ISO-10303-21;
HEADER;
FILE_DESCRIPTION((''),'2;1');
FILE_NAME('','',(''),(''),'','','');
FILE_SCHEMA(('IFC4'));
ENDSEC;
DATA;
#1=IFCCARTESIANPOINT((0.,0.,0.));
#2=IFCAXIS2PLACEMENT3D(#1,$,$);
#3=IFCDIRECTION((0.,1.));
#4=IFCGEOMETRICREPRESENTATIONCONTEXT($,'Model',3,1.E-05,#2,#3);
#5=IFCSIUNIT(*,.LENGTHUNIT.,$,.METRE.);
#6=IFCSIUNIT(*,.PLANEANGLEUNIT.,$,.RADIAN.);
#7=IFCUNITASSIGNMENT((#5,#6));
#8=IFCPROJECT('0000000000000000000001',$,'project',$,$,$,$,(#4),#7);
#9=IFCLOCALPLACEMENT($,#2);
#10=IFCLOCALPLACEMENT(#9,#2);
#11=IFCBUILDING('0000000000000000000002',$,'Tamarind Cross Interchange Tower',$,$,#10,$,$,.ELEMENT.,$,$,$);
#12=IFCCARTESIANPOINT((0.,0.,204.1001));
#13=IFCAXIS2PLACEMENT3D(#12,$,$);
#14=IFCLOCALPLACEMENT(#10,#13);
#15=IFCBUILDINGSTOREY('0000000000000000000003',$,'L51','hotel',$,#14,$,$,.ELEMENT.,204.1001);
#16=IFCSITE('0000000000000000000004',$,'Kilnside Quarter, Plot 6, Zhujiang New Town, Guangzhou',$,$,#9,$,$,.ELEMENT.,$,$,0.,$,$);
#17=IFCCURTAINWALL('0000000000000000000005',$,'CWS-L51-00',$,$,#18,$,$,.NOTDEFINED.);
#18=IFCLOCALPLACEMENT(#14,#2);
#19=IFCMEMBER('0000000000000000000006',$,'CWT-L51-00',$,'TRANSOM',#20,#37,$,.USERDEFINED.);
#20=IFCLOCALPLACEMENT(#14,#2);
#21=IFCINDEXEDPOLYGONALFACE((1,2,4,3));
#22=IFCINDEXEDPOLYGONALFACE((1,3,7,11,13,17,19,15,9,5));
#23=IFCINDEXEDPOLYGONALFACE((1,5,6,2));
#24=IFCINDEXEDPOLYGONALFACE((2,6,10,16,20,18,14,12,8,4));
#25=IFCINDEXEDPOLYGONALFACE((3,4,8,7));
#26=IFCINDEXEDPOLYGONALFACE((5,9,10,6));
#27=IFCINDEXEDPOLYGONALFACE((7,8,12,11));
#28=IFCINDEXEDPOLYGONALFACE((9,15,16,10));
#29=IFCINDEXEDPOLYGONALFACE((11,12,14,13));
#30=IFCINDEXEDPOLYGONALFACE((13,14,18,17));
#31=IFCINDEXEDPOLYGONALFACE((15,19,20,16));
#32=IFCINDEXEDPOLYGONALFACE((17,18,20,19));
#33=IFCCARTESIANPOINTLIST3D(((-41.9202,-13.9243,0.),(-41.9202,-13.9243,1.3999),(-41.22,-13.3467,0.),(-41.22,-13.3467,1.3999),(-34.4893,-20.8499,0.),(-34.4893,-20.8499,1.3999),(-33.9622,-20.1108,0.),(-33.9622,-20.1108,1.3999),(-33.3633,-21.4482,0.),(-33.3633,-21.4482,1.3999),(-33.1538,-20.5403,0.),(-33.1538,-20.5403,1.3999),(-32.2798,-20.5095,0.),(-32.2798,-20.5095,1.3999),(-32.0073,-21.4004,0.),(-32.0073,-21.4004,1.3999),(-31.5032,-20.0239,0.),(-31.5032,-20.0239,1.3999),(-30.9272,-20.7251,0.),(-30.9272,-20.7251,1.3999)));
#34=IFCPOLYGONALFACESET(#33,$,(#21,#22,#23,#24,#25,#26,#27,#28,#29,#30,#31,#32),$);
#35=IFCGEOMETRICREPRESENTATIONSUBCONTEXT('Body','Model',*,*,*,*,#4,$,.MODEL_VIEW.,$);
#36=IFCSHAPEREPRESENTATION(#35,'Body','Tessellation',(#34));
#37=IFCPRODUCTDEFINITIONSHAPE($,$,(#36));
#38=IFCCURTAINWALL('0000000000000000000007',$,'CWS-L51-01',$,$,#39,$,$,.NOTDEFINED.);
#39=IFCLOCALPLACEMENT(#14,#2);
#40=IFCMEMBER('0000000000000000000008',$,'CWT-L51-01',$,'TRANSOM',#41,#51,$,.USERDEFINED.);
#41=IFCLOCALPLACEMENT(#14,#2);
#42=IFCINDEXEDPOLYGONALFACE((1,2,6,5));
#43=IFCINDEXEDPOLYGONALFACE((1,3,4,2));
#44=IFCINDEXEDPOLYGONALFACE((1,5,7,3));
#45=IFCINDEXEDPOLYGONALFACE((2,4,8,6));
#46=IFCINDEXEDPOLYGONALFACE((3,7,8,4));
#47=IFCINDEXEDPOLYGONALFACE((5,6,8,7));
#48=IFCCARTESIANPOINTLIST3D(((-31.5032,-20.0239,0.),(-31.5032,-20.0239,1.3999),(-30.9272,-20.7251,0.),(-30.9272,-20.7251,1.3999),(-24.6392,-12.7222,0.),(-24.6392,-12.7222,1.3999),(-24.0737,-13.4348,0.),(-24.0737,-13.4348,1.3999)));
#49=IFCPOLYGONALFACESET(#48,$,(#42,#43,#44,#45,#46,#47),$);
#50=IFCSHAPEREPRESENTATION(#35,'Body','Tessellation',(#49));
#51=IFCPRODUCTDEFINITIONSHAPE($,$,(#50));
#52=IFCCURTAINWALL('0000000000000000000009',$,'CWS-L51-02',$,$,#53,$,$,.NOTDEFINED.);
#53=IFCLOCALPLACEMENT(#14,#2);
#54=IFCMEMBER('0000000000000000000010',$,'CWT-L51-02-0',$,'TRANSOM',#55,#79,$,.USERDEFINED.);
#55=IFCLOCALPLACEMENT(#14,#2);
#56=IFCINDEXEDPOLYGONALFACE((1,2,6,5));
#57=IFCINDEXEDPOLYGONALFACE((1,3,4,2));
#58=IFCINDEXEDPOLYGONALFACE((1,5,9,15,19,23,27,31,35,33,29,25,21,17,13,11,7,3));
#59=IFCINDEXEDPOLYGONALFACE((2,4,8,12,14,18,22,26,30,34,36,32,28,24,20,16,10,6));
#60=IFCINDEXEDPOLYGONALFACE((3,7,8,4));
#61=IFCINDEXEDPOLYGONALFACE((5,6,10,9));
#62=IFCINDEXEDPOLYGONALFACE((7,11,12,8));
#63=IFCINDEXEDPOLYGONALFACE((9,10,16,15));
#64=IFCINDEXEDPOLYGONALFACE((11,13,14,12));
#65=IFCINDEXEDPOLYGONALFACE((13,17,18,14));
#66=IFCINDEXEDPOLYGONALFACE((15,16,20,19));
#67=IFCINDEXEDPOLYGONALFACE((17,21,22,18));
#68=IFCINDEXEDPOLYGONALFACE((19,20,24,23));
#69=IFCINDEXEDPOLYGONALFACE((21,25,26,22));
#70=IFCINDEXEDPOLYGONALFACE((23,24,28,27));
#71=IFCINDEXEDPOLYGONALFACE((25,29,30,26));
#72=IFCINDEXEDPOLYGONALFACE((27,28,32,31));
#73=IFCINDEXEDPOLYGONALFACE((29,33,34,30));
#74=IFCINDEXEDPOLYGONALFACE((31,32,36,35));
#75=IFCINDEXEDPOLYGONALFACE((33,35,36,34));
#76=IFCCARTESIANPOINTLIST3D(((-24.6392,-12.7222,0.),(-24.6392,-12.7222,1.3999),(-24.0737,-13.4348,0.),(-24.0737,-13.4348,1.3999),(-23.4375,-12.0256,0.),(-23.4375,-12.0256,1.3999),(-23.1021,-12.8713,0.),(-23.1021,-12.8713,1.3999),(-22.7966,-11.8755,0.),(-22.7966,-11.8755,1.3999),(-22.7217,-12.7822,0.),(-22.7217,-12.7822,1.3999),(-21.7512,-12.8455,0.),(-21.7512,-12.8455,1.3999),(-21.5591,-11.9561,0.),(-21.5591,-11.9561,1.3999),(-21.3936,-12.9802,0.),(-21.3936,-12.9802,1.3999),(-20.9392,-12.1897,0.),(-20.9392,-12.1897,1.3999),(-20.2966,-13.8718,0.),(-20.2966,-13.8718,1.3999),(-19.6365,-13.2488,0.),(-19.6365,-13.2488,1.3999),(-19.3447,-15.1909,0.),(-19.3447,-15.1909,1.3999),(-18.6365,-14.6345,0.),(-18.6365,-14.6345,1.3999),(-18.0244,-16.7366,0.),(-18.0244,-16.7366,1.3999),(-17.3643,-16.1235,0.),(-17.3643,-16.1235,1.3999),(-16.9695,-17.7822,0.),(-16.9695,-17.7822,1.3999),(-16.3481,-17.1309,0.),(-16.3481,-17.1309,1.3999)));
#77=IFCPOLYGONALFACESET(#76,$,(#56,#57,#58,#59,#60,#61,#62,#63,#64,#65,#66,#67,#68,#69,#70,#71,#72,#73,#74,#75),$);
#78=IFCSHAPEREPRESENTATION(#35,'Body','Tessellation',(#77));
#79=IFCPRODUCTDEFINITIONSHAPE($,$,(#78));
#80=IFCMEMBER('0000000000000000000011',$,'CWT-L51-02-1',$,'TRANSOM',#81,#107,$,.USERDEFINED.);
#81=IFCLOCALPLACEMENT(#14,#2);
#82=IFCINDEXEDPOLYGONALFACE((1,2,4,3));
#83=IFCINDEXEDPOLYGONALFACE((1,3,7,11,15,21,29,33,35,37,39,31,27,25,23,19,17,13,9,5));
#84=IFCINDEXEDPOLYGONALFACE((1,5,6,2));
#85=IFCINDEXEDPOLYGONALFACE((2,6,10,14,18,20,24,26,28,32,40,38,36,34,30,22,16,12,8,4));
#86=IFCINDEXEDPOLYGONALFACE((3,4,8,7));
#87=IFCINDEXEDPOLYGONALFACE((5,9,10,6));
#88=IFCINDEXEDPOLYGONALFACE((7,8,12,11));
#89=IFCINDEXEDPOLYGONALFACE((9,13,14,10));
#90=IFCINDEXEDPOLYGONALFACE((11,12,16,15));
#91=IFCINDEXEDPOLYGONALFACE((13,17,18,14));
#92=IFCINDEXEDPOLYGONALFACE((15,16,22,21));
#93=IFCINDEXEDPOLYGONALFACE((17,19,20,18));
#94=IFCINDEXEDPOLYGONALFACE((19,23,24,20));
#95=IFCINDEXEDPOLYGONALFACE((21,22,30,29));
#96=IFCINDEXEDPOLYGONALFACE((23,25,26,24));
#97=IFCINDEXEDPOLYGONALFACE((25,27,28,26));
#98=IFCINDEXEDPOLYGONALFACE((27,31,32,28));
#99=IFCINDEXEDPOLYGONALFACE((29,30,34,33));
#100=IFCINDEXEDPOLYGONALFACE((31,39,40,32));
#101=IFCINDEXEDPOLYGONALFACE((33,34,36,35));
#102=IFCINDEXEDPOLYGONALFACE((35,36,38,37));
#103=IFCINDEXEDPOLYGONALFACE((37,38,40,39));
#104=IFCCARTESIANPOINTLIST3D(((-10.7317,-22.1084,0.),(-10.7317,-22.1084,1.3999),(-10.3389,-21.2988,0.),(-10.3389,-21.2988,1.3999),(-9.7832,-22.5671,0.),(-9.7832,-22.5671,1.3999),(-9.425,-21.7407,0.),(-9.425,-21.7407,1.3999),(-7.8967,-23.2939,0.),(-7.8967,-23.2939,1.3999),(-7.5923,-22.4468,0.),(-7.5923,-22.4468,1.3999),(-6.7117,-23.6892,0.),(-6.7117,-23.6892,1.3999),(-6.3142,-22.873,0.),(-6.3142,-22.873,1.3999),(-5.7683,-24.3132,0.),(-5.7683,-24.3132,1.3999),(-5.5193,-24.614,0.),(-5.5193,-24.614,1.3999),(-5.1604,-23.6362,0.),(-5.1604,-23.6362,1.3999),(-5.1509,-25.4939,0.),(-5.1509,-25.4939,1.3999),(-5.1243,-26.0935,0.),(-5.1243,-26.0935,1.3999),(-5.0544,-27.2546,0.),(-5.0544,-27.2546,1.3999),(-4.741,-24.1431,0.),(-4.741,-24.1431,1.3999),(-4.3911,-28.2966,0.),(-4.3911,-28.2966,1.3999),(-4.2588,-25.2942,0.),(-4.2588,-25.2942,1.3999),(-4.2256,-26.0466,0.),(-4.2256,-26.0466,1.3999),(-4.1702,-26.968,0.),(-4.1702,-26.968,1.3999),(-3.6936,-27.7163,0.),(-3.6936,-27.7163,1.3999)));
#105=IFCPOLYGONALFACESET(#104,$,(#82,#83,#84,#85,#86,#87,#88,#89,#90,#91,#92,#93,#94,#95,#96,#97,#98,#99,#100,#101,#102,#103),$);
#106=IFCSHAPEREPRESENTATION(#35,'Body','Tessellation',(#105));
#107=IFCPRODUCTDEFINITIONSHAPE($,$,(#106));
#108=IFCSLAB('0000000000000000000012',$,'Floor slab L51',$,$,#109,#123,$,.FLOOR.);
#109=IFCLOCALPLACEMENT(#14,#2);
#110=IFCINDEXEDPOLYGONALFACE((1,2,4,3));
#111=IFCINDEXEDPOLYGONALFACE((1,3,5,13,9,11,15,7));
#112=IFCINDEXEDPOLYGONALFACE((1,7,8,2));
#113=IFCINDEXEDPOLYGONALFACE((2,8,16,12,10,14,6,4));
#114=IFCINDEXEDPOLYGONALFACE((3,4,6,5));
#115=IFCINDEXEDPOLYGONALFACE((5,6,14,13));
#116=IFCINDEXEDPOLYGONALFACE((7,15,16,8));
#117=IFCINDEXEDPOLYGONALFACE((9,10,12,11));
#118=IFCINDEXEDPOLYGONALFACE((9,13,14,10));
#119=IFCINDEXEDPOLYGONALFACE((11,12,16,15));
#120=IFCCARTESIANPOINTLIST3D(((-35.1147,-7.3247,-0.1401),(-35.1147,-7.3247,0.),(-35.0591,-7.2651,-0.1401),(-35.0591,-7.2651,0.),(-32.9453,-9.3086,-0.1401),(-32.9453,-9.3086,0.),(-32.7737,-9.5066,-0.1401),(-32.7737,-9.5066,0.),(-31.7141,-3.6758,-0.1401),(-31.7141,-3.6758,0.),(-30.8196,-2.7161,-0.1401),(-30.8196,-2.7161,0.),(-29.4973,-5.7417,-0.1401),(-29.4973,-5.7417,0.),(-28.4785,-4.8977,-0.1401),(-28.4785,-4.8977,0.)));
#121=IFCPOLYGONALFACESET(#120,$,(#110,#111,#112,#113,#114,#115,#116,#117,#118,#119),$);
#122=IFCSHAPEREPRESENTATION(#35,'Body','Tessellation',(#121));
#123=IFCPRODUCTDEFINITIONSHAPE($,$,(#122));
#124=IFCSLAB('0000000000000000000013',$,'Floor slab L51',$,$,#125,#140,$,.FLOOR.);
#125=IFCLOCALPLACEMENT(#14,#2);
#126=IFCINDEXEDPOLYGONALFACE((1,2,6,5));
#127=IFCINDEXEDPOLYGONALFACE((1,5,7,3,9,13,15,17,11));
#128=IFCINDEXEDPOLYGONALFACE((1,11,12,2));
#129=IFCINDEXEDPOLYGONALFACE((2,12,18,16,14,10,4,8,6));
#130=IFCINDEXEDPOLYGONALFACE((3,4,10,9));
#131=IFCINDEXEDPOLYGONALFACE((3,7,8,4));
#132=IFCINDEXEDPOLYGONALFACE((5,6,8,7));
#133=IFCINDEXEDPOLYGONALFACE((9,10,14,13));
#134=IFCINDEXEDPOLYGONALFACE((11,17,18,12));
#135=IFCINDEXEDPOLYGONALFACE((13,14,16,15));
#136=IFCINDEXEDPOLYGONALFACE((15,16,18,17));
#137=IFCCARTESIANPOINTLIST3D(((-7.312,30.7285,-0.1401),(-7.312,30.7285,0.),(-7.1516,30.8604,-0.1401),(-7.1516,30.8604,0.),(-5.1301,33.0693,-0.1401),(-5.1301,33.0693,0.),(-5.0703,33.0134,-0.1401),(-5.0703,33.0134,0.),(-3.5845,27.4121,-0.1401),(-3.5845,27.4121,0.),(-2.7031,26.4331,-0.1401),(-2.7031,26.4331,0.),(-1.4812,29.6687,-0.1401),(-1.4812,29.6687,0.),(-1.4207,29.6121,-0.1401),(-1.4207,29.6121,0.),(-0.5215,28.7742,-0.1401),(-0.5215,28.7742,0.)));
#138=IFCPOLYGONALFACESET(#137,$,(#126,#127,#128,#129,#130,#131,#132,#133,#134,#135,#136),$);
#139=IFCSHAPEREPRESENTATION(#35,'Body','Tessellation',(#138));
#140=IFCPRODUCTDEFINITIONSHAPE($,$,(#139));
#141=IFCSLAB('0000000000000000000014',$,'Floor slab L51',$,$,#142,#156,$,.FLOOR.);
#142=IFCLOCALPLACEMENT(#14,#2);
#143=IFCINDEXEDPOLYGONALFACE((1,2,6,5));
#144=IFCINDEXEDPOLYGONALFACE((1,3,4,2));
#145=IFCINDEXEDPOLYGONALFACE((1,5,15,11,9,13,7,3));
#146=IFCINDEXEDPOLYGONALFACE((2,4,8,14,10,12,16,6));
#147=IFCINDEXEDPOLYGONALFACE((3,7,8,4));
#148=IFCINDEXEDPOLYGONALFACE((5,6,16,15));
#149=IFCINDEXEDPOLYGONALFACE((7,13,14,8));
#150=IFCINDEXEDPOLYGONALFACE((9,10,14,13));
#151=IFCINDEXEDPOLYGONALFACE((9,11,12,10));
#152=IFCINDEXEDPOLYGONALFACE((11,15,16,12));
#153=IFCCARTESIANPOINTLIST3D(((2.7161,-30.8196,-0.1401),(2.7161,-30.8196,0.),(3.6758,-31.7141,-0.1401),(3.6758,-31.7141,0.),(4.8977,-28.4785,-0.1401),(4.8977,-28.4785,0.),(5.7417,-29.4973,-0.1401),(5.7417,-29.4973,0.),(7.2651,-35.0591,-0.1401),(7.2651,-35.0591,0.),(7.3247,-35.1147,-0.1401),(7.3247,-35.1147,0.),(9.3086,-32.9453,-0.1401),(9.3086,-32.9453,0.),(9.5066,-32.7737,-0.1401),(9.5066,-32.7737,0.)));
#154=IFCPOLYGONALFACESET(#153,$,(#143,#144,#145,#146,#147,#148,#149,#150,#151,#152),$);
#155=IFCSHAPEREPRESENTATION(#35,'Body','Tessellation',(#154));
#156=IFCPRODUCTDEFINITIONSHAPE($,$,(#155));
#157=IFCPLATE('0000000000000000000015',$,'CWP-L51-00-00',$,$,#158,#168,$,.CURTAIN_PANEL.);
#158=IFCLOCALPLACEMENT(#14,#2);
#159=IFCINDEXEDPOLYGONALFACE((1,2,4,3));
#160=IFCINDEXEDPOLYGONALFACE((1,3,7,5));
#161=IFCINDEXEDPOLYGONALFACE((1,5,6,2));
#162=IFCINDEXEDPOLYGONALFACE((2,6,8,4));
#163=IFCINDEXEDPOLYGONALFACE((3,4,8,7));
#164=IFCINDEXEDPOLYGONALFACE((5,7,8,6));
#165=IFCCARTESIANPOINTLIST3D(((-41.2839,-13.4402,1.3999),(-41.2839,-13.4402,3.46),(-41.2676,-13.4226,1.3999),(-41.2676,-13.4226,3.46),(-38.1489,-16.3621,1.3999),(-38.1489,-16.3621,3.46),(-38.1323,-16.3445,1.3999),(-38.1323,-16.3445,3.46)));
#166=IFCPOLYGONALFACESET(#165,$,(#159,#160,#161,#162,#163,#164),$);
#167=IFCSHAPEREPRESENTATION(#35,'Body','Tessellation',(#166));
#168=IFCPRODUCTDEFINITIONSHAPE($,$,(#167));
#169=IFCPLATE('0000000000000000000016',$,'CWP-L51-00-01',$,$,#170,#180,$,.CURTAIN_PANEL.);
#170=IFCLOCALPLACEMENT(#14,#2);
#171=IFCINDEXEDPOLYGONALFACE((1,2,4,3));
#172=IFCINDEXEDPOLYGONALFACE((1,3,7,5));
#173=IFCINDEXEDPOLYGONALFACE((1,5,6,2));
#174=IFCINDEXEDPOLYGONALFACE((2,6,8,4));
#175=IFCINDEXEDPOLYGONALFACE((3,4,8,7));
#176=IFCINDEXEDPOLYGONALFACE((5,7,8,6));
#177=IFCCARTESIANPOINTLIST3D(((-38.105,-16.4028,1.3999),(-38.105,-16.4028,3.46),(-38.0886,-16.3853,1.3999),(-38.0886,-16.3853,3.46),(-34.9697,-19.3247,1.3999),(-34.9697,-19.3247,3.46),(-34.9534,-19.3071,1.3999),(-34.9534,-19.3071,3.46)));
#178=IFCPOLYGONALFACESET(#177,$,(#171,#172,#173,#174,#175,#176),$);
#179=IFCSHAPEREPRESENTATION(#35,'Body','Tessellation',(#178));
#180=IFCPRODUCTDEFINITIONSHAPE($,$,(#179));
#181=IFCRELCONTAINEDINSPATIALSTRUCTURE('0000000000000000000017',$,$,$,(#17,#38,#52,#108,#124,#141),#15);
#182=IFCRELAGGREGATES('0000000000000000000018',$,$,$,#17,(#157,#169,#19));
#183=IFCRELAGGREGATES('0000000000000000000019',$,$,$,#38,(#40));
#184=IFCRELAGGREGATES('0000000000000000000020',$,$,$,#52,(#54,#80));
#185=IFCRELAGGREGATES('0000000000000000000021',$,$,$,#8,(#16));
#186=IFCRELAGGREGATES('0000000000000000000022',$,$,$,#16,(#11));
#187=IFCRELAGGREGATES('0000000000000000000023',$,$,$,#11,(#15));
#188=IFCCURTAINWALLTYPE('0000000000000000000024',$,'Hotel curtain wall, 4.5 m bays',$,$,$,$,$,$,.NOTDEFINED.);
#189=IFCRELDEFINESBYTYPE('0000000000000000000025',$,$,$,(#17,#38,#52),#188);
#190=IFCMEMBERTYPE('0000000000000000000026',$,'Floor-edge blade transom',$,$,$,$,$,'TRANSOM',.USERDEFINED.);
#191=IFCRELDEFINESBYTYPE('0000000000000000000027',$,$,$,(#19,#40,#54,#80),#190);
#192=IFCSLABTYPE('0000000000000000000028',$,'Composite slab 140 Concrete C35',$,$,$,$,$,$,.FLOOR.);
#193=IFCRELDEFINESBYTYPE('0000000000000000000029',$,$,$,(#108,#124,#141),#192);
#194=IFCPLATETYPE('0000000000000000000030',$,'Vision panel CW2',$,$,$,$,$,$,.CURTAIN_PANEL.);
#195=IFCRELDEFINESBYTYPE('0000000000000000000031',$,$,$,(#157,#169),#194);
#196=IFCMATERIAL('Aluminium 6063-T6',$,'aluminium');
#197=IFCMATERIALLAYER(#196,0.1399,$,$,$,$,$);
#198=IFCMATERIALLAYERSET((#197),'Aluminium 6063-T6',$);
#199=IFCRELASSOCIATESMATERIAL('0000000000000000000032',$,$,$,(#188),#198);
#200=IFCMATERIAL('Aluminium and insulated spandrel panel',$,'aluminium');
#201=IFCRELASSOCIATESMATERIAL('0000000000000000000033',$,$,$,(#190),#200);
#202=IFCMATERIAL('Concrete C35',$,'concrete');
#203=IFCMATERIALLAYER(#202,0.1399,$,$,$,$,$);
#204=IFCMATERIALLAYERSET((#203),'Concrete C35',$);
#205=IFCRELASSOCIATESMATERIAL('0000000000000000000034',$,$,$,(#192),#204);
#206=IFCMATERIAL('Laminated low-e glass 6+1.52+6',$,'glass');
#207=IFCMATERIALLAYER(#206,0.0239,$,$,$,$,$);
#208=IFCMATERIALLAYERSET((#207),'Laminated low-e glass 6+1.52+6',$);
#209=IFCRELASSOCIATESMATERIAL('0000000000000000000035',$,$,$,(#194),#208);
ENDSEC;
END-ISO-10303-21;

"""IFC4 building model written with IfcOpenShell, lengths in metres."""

from ifc_helpers import new_model, si_unit, direction, frame, origin, place, context, subcontext, project, spatial, polyline, outline, extrude, material, layer, layer_set, type_object, element, aggregate, save


model = new_model("IFC4")

# Units and contexts
model_context = context("Model", 3, precision=1e-05, world=origin(), true_north=direction((0.0, 1.0)))
body_context = subcontext(model_context, "Body", "Model", "MODEL_VIEW")
ifc_project = project(units=[si_unit("LENGTHUNIT", "METRE"), si_unit("PLANEANGLEUNIT", "RADIAN")], contexts=[model_context])

# Site, building, storey
site_placement = place(None, origin())
site = spatial("IfcSite", under=ifc_project, at=site_placement, Name="Kilnside Quarter, Plot 6, Zhujiang New Town, Guangzhou", CompositionType="ELEMENT", RefElevation=0.0)
building_placement = place(site_placement, origin())
building = spatial("IfcBuilding", under=site, at=building_placement, Name="Tamarind Cross Interchange Tower", CompositionType="ELEMENT")
storey_placement = place(building_placement, frame((0.0, 0.0, 204.1001)))
storey = spatial("IfcBuildingStorey", under=building, at=storey_placement, Name="L51", Description="hotel", CompositionType="ELEMENT", Elevation=204.1001)

# Curtain walls, members
ifc_material_1 = material(Name="Aluminium 6063-T6", Category="aluminium")
ifc_layer_1 = layer(ifc_material_1, 0.1399)
ifc_layer_set_1 = layer_set([ifc_layer_1], Name="Aluminium 6063-T6")
curtain_wall_type = type_object("IfcCurtainWallType", Name="Hotel curtain wall, 4.5 m bays", PredefinedType="NOTDEFINED", material=ifc_layer_set_1)
curtain_wall_1_placement = place(storey_placement, origin())
curtain_wall_1 = element("IfcCurtainWall", 1, at=curtain_wall_1_placement, inside=storey, type_object=curtain_wall_type, Name="CWS-L51-00", PredefinedType="NOTDEFINED")
ifc_material_2 = material(Name="Aluminium and insulated spandrel panel", Category="aluminium")
member_type = type_object("IfcMemberType", Name="Floor-edge blade transom", ElementType="TRANSOM", PredefinedType="USERDEFINED", material=ifc_material_2)
member_1_placement = place(storey_placement, origin())
member_1 = element("IfcMember", 2, at=member_1_placement, type_object=member_type, Name="CWT-L51-00", ObjectType="TRANSOM", PredefinedType="USERDEFINED", context=body_context, shape_type="SweptSolid", body=[
    extrude(outline(polyline([(-41.22, -13.3467), (-33.9622, -20.1108), (-33.1538, -20.5403), (-32.2798, -20.5095), (-31.5032, -20.0239), (-30.9272, -20.7251), (-32.0073, -21.4004), (-33.3633, -21.4482), (-34.4893, -20.8499), (-41.9202, -13.9243), (-41.22, -13.3467)])), origin(), (0.0, 0.0, 1.0), 1.3999),
])
curtain_wall_2_placement = place(storey_placement, origin())
curtain_wall_2 = element("IfcCurtainWall", 3, at=curtain_wall_2_placement, inside=storey, type_object=curtain_wall_type, Name="CWS-L51-01", PredefinedType="NOTDEFINED")
member_2_placement = place(storey_placement, origin())
member_2 = element("IfcMember", 4, at=member_2_placement, type_object=member_type, Name="CWT-L51-01", ObjectType="TRANSOM", PredefinedType="USERDEFINED", context=body_context, shape_type="SweptSolid", body=[
    extrude(outline(polyline([(-31.5032, -20.0239), (-24.6392, -12.7222), (-24.0737, -13.4348), (-30.9272, -20.7251), (-31.5032, -20.0239)])), origin(), (0.0, 0.0, 1.0), 1.3999),
])

# Curtain wall, members
curtain_wall_3_placement = place(storey_placement, origin())
curtain_wall_3 = element("IfcCurtainWall", 5, at=curtain_wall_3_placement, inside=storey, type_object=curtain_wall_type, Name="CWS-L51-02", PredefinedType="NOTDEFINED")
member_3_placement = place(storey_placement, origin())
member_3 = element("IfcMember", 6, at=member_3_placement, type_object=member_type, Name="CWT-L51-02-0", ObjectType="TRANSOM", PredefinedType="USERDEFINED", context=body_context, shape_type="SweptSolid", body=[
    extrude(outline(polyline([(-24.6392, -12.7222), (-23.4375, -12.0256), (-22.7966, -11.8755), (-21.5591, -11.9561), (-20.9392, -12.1897), (-19.6365, -13.2488), (-18.6365, -14.6345), (-17.3643, -16.1235), (-16.3481, -17.1309), (-16.9695, -17.7822), (-18.0244, -16.7366), (-19.3447, -15.1909), (-20.2966, -13.8718), (-21.3936, -12.9802), (-21.7512, -12.8455), (-22.7217, -12.7822), (-23.1021, -12.8713), (-24.0737, -13.4348), (-24.6392, -12.7222)])), origin(), (0.0, 0.0, 1.0), 1.3999),
])
member_4_placement = place(storey_placement, origin())
member_4 = element("IfcMember", 7, at=member_4_placement, type_object=member_type, Name="CWT-L51-02-1", ObjectType="TRANSOM", PredefinedType="USERDEFINED", context=body_context, shape_type="SweptSolid", body=[
    extrude(outline(polyline([(-10.3389, -21.2988), (-9.425, -21.7407), (-7.5923, -22.4468), (-6.3142, -22.873), (-5.1604, -23.6362), (-4.741, -24.1431), (-4.2588, -25.2942), (-4.2256, -26.0466), (-4.1702, -26.968), (-3.6936, -27.7163), (-4.3911, -28.2966), (-5.0544, -27.2546), (-5.1243, -26.0935), (-5.1509, -25.4939), (-5.5193, -24.614), (-5.7683, -24.3132), (-6.7117, -23.6892), (-7.8967, -23.2939), (-9.7832, -22.5671), (-10.7317, -22.1084), (-10.3389, -21.2988)])), origin(), (0.0, 0.0, 1.0), 1.3999),
])

# Slabs
ifc_material_3 = material(Name="Concrete C35", Category="concrete")
ifc_layer_2 = layer(ifc_material_3, 0.1399)
ifc_layer_set_2 = layer_set([ifc_layer_2], Name="Concrete C35")
slab_type = type_object("IfcSlabType", Name="Composite slab 140 Concrete C35", PredefinedType="FLOOR", material=ifc_layer_set_2)
slab_1_placement = place(storey_placement, frame((0.0, 0.0, -0.1401)))
element("IfcSlab", 8, at=slab_1_placement, inside=storey, type_object=slab_type, Name="Floor slab L51", PredefinedType="FLOOR", context=body_context, shape_type="SweptSolid", body=[
    extrude(outline(polyline([(-35.1147, -7.3247), (-32.7737, -9.5066), (-28.4785, -4.8977), (-30.8196, -2.7161), (-31.7141, -3.6758), (-29.4973, -5.7417), (-32.9453, -9.3086), (-35.0591, -7.2651), (-35.1147, -7.3247)])), origin(), (0.0, 0.0, 1.0), 0.1401),
])
slab_2_placement = place(storey_placement, frame((0.0, 0.0, -0.1401)))
element("IfcSlab", 9, at=slab_2_placement, inside=storey, type_object=slab_type, Name="Floor slab L51", PredefinedType="FLOOR", context=body_context, shape_type="SweptSolid", body=[
    extrude(outline(polyline([(-5.1301, 33.0693), (-7.312, 30.7285), (-2.7031, 26.4331), (-0.5215, 28.7742), (-1.4207, 29.6121), (-1.4812, 29.6687), (-3.5845, 27.4121), (-7.1516, 30.8604), (-5.0703, 33.0134), (-5.1301, 33.0693)])), origin(), (0.0, 0.0, 1.0), 0.1401),
])
slab_3_placement = place(storey_placement, frame((0.0, 0.0, -0.1401)))
element("IfcSlab", 10, at=slab_3_placement, inside=storey, type_object=slab_type, Name="Floor slab L51", PredefinedType="FLOOR", context=body_context, shape_type="SweptSolid", body=[
    extrude(outline(polyline([(7.3247, -35.1147), (9.5066, -32.7737), (4.8977, -28.4785), (2.7161, -30.8196), (3.6758, -31.7141), (5.7417, -29.4973), (9.3086, -32.9453), (7.2651, -35.0591), (7.3247, -35.1147)])), origin(), (0.0, 0.0, 1.0), 0.1401),
])

# Plates
ifc_material_4 = material(Name="Laminated low-e glass 6+1.52+6", Category="glass")
ifc_layer_3 = layer(ifc_material_4, 0.0239)
ifc_layer_set_3 = layer_set([ifc_layer_3], Name="Laminated low-e glass 6+1.52+6")
plate_type = type_object("IfcPlateType", Name="Vision panel CW2", PredefinedType="CURTAIN_PANEL", material=ifc_layer_set_3)
plate_1_placement = place(storey_placement, frame((0.0, 0.0, 1.3999)))
plate_1 = element("IfcPlate", 11, at=plate_1_placement, type_object=plate_type, Name="CWP-L51-00-00", PredefinedType="CURTAIN_PANEL", context=body_context, shape_type="SweptSolid", body=[
    extrude(outline(polyline([(-41.2676, -13.4226), (-38.1323, -16.3445), (-38.1489, -16.3621), (-41.2839, -13.4402), (-41.2676, -13.4226)])), origin(), (0.0, 0.0, 1.0), 2.0601),
])
plate_2_placement = place(storey_placement, frame((0.0, 0.0, 1.3999)))
plate_2 = element("IfcPlate", 12, at=plate_2_placement, type_object=plate_type, Name="CWP-L51-00-01", PredefinedType="CURTAIN_PANEL", context=body_context, shape_type="SweptSolid", body=[
    extrude(outline(polyline([(-38.0886, -16.3853), (-34.9534, -19.3071), (-34.9697, -19.3247), (-38.105, -16.4028), (-38.0886, -16.3853)])), origin(), (0.0, 0.0, 1.0), 2.0601),
])
aggregate(curtain_wall_1, [plate_1, plate_2, member_1])
aggregate(curtain_wall_2, [member_2])
aggregate(curtain_wall_3, [member_3, member_4])

save(model, "model.ifc")
